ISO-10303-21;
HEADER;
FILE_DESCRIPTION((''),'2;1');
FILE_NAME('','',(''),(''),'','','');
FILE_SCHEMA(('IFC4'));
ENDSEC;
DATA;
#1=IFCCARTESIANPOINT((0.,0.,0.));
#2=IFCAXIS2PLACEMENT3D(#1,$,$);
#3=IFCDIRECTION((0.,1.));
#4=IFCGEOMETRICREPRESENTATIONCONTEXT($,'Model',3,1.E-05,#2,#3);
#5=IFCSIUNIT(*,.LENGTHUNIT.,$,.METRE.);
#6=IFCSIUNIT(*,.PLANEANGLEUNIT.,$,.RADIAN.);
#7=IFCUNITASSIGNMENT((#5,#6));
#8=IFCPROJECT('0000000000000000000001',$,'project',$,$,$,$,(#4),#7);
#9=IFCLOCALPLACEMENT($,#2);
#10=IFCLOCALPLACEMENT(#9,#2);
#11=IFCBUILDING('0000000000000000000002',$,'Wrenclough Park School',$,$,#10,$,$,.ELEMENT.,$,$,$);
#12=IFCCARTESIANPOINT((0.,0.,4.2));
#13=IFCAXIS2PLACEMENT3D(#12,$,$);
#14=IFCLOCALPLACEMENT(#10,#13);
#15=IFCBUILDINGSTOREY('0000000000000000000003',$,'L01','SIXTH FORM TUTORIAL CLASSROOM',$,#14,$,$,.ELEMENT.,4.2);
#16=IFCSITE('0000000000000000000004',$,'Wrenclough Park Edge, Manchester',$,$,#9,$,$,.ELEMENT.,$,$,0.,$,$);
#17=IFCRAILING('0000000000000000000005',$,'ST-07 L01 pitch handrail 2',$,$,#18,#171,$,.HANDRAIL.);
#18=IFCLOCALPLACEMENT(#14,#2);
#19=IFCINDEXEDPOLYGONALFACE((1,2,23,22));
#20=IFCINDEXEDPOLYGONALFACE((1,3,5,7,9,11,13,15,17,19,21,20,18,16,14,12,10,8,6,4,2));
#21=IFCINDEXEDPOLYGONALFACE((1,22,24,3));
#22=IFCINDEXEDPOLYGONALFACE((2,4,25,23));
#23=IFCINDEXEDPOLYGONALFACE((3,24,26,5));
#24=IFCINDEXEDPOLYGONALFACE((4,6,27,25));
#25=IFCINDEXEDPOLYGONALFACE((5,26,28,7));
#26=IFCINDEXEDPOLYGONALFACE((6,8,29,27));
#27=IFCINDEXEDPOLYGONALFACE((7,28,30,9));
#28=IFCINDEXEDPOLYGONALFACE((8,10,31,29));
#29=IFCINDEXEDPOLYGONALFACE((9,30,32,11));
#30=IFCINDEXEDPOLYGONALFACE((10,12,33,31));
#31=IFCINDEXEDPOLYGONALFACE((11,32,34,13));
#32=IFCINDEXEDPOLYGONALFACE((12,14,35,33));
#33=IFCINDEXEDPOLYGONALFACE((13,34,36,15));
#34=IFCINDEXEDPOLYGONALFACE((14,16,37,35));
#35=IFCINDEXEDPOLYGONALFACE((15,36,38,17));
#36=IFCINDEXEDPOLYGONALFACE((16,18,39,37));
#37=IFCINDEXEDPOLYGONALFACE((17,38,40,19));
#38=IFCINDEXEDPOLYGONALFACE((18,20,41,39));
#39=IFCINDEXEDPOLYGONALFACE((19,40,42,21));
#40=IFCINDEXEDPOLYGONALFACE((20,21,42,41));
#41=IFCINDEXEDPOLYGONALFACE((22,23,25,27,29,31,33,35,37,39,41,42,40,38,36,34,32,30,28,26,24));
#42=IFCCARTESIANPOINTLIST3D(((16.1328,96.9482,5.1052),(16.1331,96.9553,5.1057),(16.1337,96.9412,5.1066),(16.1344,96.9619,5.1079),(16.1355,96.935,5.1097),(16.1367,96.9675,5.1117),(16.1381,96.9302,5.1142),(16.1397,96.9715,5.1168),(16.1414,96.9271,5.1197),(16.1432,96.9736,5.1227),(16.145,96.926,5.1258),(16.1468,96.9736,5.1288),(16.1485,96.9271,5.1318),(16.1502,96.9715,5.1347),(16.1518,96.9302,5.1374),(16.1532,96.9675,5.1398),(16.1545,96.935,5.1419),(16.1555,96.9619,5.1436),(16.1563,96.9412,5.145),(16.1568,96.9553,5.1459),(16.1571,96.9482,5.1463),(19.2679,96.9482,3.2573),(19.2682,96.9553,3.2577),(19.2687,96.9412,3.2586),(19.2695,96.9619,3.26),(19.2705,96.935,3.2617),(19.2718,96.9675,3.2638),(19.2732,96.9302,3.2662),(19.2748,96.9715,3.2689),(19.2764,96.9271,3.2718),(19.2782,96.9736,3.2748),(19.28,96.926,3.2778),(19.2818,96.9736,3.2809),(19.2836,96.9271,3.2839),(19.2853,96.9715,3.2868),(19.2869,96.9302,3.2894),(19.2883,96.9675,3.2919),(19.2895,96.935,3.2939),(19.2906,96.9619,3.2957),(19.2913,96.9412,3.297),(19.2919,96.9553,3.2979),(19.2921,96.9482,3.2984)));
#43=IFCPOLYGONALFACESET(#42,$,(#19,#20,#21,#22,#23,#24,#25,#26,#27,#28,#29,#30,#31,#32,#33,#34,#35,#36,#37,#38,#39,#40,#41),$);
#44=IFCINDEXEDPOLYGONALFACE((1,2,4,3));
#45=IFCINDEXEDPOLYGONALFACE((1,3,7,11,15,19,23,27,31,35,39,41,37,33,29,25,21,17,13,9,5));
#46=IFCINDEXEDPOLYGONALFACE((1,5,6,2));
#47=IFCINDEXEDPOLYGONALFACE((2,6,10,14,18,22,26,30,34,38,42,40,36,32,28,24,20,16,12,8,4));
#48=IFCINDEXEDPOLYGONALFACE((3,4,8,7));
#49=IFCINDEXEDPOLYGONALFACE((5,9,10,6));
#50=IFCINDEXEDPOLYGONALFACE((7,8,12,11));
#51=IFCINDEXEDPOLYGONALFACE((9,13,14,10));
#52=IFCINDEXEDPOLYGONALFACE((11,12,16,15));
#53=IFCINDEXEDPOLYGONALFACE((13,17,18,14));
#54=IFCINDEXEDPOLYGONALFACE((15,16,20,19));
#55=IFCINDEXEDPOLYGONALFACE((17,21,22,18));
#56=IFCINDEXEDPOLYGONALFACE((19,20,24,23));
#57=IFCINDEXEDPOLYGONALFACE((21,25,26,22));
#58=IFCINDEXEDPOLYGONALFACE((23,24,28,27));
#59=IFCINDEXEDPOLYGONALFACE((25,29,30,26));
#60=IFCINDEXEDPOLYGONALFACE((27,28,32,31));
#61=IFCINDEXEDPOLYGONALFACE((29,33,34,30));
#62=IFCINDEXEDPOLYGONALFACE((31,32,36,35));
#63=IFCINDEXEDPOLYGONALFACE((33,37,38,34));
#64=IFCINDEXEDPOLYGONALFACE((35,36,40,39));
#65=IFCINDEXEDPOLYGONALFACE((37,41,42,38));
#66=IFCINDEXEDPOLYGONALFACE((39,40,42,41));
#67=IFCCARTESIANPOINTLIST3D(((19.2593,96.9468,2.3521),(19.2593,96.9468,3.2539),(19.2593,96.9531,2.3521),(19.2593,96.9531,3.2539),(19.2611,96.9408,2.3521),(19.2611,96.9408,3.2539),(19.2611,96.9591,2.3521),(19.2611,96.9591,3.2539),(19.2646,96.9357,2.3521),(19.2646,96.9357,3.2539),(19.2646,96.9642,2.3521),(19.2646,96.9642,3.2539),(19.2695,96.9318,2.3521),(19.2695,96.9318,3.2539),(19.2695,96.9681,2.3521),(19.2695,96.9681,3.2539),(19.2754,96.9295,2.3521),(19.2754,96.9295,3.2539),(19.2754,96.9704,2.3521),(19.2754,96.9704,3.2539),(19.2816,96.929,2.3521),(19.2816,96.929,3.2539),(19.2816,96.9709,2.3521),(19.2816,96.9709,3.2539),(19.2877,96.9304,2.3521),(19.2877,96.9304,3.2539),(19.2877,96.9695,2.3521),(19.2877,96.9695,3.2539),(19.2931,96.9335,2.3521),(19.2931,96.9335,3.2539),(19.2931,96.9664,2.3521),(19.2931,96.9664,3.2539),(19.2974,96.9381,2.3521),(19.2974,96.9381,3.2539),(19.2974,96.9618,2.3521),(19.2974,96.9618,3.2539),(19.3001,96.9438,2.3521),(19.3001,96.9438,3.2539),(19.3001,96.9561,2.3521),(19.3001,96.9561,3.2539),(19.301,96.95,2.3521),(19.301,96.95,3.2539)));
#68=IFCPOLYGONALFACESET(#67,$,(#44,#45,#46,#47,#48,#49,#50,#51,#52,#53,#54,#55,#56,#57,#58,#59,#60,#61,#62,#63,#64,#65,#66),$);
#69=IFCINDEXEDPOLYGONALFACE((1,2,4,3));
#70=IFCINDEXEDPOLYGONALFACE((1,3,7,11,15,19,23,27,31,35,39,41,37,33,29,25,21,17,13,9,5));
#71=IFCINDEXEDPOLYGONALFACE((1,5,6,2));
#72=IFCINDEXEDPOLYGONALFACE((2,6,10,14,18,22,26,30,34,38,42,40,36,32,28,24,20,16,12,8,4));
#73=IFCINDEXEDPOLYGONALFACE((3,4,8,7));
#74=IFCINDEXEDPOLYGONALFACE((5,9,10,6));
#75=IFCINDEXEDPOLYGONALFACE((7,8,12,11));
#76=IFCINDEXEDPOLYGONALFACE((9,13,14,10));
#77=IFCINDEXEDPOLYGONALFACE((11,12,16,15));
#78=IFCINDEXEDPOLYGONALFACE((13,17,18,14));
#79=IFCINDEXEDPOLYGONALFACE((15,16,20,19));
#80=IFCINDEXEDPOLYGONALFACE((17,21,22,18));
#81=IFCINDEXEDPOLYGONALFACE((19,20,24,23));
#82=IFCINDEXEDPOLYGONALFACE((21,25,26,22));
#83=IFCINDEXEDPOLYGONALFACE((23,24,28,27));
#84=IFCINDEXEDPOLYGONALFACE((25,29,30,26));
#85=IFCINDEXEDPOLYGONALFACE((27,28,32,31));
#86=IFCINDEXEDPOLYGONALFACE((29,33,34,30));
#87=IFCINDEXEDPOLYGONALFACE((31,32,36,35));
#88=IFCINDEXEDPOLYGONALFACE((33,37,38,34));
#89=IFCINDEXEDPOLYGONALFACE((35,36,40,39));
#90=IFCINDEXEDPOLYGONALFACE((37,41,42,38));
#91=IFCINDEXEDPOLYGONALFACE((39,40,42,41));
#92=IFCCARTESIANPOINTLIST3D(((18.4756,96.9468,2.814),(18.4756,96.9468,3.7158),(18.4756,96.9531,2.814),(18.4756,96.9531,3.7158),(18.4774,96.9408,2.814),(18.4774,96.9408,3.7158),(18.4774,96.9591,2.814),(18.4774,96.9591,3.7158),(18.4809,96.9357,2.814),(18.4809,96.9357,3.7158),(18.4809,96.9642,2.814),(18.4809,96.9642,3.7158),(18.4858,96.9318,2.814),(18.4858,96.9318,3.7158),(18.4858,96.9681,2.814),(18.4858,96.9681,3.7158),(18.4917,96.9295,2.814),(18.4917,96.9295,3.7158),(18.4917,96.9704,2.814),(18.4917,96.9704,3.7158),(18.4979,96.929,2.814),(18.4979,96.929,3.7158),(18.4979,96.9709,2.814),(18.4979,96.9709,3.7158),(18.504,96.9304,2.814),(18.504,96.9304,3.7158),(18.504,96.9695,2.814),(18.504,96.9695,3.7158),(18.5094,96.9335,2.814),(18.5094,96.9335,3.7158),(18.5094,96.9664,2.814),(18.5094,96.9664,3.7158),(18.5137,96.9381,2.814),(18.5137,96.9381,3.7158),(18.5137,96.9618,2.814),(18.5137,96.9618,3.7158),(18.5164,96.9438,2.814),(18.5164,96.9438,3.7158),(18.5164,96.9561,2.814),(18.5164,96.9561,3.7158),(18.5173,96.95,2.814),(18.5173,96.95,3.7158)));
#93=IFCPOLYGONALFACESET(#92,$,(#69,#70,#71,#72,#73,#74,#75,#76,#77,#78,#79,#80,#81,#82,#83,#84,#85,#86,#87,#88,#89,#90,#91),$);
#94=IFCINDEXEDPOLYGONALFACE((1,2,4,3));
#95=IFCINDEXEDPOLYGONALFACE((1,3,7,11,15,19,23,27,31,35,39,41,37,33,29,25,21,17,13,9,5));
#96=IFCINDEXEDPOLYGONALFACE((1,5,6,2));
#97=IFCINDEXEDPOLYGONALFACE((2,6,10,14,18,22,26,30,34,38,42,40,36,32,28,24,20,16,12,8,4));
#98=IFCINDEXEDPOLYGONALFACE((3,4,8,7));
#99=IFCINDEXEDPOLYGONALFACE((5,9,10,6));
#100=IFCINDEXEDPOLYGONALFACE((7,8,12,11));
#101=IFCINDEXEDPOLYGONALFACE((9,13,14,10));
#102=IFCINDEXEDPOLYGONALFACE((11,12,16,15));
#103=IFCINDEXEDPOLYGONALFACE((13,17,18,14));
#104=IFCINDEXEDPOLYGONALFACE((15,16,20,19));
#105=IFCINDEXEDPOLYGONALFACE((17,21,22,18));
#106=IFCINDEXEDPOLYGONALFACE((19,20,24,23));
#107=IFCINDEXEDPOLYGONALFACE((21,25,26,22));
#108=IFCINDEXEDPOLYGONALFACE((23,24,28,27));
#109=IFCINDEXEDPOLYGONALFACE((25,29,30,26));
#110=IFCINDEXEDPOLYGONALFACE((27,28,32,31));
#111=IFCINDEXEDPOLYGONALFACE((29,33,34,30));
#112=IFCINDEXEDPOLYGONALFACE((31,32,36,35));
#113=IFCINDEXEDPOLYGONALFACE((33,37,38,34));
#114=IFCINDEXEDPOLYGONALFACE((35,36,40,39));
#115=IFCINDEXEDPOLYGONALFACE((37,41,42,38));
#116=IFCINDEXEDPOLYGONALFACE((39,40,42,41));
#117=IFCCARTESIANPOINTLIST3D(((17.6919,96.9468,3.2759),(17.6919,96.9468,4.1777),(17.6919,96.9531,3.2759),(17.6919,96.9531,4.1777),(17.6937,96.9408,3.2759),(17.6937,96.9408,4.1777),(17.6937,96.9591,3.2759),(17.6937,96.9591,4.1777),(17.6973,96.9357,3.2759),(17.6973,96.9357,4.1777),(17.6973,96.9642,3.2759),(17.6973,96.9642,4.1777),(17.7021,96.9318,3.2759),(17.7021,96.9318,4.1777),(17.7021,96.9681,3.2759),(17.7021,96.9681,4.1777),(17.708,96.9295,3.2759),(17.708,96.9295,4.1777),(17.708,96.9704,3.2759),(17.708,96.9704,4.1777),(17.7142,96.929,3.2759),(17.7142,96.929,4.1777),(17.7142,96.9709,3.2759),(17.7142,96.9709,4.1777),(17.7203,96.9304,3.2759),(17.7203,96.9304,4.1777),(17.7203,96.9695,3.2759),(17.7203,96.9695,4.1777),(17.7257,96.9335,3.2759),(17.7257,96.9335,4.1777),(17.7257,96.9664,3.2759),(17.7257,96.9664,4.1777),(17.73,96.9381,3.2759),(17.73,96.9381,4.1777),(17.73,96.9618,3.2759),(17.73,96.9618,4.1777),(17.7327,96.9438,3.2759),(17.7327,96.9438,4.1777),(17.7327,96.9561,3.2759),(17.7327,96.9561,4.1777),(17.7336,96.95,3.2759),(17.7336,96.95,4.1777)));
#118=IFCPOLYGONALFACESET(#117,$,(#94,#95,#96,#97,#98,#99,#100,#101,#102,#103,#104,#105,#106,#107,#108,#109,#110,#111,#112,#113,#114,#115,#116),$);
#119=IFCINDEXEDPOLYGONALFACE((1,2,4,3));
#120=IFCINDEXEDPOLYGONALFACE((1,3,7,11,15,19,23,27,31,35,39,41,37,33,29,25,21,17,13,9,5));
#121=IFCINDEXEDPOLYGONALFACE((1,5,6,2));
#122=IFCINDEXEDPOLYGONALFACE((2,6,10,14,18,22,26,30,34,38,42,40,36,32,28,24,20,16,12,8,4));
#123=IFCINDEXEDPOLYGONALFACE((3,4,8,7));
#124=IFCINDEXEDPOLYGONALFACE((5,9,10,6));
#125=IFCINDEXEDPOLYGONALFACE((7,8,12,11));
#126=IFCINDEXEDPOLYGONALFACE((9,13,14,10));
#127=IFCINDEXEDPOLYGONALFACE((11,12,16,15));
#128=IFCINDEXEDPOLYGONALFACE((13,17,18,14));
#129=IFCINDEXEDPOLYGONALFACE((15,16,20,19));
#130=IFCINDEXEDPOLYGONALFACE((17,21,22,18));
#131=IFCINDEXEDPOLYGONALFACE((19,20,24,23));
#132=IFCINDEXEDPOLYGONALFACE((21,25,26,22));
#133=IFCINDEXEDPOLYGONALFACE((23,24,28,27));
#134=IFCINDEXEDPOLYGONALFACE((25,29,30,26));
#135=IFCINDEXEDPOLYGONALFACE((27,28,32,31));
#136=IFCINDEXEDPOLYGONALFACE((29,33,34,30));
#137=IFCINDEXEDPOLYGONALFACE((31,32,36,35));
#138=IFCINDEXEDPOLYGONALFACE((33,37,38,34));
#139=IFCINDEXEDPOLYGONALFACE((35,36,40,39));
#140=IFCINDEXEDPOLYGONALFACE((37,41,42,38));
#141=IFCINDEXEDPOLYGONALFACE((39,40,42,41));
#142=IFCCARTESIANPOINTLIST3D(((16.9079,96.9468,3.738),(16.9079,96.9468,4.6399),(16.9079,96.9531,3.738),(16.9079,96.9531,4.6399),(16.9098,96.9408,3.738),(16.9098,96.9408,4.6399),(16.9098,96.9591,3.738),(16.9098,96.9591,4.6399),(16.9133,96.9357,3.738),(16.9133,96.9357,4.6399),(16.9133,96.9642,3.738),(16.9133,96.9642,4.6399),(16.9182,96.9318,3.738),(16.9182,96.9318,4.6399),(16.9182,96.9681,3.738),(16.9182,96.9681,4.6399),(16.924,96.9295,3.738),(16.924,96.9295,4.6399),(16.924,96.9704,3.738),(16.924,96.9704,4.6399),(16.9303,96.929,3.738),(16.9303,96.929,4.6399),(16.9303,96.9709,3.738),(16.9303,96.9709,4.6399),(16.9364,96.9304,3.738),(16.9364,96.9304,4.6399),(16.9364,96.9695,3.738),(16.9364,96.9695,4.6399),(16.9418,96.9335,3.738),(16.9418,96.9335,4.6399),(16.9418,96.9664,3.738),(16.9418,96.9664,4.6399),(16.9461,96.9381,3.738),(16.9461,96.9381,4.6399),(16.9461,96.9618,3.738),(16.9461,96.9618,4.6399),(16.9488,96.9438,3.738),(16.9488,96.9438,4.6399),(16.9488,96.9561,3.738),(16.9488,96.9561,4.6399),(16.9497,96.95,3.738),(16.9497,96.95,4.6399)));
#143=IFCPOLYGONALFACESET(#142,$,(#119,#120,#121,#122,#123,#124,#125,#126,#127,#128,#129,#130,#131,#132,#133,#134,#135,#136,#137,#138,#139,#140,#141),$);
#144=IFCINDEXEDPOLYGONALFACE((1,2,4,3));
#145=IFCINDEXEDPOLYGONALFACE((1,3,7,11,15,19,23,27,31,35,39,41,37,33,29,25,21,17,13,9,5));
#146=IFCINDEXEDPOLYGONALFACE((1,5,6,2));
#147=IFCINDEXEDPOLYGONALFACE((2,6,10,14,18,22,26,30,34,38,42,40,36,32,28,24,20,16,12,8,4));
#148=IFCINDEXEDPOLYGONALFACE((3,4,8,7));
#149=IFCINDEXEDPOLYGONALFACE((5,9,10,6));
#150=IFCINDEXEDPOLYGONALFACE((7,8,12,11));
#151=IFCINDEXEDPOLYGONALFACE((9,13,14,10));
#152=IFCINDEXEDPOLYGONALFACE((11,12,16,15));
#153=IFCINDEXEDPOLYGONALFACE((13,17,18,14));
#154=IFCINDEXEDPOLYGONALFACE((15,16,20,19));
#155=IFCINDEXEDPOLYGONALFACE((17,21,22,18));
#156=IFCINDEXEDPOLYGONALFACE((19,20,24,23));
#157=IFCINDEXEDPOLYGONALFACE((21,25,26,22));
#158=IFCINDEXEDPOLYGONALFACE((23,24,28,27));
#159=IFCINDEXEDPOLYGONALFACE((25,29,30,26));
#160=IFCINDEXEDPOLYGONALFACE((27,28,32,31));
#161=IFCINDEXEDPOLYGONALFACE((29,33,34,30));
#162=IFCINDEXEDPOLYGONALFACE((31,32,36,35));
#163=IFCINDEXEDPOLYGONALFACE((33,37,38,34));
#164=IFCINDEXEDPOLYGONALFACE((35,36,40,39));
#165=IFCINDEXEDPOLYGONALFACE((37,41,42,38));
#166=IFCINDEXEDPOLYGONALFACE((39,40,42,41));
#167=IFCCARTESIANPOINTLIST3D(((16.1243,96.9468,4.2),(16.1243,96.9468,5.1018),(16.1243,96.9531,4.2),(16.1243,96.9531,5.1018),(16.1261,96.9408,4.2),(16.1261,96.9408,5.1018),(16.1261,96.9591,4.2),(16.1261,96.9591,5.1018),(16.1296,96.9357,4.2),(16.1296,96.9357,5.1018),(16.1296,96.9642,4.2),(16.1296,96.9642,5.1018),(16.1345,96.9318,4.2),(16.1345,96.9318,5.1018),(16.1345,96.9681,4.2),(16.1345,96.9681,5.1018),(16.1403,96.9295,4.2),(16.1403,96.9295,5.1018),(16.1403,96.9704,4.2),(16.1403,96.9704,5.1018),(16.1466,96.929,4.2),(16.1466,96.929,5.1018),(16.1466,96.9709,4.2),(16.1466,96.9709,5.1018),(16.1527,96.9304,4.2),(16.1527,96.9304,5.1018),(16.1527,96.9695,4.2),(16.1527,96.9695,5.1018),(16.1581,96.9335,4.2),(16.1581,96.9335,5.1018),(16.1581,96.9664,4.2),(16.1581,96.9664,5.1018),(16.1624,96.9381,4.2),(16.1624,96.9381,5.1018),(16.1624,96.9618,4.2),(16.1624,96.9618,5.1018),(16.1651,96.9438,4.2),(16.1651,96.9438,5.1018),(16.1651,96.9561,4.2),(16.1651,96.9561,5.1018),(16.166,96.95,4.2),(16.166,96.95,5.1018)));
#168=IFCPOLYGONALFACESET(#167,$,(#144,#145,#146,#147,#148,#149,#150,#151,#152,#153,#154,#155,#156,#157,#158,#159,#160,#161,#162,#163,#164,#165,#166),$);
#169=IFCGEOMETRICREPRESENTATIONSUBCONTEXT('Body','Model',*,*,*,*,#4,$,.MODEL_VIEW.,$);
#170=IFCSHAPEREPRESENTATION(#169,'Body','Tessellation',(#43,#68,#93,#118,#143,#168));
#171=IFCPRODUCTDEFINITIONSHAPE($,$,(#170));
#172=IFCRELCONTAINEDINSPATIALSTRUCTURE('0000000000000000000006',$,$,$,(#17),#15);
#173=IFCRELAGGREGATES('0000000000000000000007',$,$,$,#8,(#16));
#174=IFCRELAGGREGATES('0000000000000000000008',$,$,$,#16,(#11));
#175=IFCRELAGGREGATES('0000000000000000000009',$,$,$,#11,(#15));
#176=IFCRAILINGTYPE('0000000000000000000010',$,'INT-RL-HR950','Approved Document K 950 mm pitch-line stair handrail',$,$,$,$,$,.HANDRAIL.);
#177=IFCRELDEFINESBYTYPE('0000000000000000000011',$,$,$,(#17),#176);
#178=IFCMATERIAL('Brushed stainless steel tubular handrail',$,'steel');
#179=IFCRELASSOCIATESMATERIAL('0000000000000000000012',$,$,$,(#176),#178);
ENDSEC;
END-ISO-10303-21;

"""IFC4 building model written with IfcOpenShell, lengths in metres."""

from ifc_helpers import new_model, si_unit, direction, frame, origin, origin_2d, place, context, subcontext, project, spatial, circle, extrude, material, type_object, element, save


model = new_model("IFC4")

# Units and contexts
model_context = context("Model", 3, precision=1e-05, world=origin(), true_north=direction((0.0, 1.0)))
body_context = subcontext(model_context, "Body", "Model", "MODEL_VIEW")
ifc_project = project(units=[si_unit("LENGTHUNIT", "METRE"), si_unit("PLANEANGLEUNIT", "RADIAN")], contexts=[model_context])

# Site, building, storey
site_placement = place(None, origin())
site = spatial("IfcSite", under=ifc_project, at=site_placement, Name="Wrenclough Park Edge, Manchester", CompositionType="ELEMENT", RefElevation=0.0)
building_placement = place(site_placement, origin())
building = spatial("IfcBuilding", under=site, at=building_placement, Name="Wrenclough Park School", CompositionType="ELEMENT")
storey_placement = place(building_placement, frame((0.0, 0.0, 4.2)))
storey = spatial("IfcBuildingStorey", under=building, at=storey_placement, Name="L01", Description="SIXTH FORM TUTORIAL CLASSROOM", CompositionType="ELEMENT", Elevation=4.2)

# Railing
ifc_material_1 = material(Name="Brushed stainless steel tubular handrail", Category="steel")
railing_type_1 = type_object("IfcRailingType", Name="INT-RL-HR950", Description="Approved Document K 950 mm pitch-line stair handrail", PredefinedType="HANDRAIL", material=ifc_material_1)
railing_1_placement = place(storey_placement, frame((19.28, 96.95, 2.3521)))
element("IfcRailing", 1, at=railing_1_placement, inside=storey, type_object=railing_type_1, Name="ST-07 L01 pitch handrail 2", PredefinedType="HANDRAIL", context=body_context, shape_type="SweptSolid", body=[
    extrude(circle(Radius=0.0239, at=origin_2d()), frame((0.0, 0.0, 0.9258), z_axis=(-0.86148, 0.0, 0.507791), x_axis=(0.0, -1.0, 0.0)), (0.0, 0.0, 1.0), 3.6392),
    extrude(circle(Radius=0.021, at=origin_2d()), origin(), (0.0, 0.0, 1.0), 0.9019),
    extrude(circle(Radius=0.021, at=origin_2d()), frame((-0.7837, 0.0, 0.4619)), (0.0, 0.0, 1.0), 0.9019),
    extrude(circle(Radius=0.021, at=origin_2d()), frame((-1.5674, 0.0, 0.9238)), (0.0, 0.0, 1.0), 0.9019),
    extrude(circle(Radius=0.021, at=origin_2d()), frame((-2.3513, 0.0, 1.386)), (0.0, 0.0, 1.0), 0.9019),
    extrude(circle(Radius=0.021, at=origin_2d()), frame((-3.135, 0.0, 1.8479)), (0.0, 0.0, 1.0), 0.9019),
])

save(model, "model.ifc")
